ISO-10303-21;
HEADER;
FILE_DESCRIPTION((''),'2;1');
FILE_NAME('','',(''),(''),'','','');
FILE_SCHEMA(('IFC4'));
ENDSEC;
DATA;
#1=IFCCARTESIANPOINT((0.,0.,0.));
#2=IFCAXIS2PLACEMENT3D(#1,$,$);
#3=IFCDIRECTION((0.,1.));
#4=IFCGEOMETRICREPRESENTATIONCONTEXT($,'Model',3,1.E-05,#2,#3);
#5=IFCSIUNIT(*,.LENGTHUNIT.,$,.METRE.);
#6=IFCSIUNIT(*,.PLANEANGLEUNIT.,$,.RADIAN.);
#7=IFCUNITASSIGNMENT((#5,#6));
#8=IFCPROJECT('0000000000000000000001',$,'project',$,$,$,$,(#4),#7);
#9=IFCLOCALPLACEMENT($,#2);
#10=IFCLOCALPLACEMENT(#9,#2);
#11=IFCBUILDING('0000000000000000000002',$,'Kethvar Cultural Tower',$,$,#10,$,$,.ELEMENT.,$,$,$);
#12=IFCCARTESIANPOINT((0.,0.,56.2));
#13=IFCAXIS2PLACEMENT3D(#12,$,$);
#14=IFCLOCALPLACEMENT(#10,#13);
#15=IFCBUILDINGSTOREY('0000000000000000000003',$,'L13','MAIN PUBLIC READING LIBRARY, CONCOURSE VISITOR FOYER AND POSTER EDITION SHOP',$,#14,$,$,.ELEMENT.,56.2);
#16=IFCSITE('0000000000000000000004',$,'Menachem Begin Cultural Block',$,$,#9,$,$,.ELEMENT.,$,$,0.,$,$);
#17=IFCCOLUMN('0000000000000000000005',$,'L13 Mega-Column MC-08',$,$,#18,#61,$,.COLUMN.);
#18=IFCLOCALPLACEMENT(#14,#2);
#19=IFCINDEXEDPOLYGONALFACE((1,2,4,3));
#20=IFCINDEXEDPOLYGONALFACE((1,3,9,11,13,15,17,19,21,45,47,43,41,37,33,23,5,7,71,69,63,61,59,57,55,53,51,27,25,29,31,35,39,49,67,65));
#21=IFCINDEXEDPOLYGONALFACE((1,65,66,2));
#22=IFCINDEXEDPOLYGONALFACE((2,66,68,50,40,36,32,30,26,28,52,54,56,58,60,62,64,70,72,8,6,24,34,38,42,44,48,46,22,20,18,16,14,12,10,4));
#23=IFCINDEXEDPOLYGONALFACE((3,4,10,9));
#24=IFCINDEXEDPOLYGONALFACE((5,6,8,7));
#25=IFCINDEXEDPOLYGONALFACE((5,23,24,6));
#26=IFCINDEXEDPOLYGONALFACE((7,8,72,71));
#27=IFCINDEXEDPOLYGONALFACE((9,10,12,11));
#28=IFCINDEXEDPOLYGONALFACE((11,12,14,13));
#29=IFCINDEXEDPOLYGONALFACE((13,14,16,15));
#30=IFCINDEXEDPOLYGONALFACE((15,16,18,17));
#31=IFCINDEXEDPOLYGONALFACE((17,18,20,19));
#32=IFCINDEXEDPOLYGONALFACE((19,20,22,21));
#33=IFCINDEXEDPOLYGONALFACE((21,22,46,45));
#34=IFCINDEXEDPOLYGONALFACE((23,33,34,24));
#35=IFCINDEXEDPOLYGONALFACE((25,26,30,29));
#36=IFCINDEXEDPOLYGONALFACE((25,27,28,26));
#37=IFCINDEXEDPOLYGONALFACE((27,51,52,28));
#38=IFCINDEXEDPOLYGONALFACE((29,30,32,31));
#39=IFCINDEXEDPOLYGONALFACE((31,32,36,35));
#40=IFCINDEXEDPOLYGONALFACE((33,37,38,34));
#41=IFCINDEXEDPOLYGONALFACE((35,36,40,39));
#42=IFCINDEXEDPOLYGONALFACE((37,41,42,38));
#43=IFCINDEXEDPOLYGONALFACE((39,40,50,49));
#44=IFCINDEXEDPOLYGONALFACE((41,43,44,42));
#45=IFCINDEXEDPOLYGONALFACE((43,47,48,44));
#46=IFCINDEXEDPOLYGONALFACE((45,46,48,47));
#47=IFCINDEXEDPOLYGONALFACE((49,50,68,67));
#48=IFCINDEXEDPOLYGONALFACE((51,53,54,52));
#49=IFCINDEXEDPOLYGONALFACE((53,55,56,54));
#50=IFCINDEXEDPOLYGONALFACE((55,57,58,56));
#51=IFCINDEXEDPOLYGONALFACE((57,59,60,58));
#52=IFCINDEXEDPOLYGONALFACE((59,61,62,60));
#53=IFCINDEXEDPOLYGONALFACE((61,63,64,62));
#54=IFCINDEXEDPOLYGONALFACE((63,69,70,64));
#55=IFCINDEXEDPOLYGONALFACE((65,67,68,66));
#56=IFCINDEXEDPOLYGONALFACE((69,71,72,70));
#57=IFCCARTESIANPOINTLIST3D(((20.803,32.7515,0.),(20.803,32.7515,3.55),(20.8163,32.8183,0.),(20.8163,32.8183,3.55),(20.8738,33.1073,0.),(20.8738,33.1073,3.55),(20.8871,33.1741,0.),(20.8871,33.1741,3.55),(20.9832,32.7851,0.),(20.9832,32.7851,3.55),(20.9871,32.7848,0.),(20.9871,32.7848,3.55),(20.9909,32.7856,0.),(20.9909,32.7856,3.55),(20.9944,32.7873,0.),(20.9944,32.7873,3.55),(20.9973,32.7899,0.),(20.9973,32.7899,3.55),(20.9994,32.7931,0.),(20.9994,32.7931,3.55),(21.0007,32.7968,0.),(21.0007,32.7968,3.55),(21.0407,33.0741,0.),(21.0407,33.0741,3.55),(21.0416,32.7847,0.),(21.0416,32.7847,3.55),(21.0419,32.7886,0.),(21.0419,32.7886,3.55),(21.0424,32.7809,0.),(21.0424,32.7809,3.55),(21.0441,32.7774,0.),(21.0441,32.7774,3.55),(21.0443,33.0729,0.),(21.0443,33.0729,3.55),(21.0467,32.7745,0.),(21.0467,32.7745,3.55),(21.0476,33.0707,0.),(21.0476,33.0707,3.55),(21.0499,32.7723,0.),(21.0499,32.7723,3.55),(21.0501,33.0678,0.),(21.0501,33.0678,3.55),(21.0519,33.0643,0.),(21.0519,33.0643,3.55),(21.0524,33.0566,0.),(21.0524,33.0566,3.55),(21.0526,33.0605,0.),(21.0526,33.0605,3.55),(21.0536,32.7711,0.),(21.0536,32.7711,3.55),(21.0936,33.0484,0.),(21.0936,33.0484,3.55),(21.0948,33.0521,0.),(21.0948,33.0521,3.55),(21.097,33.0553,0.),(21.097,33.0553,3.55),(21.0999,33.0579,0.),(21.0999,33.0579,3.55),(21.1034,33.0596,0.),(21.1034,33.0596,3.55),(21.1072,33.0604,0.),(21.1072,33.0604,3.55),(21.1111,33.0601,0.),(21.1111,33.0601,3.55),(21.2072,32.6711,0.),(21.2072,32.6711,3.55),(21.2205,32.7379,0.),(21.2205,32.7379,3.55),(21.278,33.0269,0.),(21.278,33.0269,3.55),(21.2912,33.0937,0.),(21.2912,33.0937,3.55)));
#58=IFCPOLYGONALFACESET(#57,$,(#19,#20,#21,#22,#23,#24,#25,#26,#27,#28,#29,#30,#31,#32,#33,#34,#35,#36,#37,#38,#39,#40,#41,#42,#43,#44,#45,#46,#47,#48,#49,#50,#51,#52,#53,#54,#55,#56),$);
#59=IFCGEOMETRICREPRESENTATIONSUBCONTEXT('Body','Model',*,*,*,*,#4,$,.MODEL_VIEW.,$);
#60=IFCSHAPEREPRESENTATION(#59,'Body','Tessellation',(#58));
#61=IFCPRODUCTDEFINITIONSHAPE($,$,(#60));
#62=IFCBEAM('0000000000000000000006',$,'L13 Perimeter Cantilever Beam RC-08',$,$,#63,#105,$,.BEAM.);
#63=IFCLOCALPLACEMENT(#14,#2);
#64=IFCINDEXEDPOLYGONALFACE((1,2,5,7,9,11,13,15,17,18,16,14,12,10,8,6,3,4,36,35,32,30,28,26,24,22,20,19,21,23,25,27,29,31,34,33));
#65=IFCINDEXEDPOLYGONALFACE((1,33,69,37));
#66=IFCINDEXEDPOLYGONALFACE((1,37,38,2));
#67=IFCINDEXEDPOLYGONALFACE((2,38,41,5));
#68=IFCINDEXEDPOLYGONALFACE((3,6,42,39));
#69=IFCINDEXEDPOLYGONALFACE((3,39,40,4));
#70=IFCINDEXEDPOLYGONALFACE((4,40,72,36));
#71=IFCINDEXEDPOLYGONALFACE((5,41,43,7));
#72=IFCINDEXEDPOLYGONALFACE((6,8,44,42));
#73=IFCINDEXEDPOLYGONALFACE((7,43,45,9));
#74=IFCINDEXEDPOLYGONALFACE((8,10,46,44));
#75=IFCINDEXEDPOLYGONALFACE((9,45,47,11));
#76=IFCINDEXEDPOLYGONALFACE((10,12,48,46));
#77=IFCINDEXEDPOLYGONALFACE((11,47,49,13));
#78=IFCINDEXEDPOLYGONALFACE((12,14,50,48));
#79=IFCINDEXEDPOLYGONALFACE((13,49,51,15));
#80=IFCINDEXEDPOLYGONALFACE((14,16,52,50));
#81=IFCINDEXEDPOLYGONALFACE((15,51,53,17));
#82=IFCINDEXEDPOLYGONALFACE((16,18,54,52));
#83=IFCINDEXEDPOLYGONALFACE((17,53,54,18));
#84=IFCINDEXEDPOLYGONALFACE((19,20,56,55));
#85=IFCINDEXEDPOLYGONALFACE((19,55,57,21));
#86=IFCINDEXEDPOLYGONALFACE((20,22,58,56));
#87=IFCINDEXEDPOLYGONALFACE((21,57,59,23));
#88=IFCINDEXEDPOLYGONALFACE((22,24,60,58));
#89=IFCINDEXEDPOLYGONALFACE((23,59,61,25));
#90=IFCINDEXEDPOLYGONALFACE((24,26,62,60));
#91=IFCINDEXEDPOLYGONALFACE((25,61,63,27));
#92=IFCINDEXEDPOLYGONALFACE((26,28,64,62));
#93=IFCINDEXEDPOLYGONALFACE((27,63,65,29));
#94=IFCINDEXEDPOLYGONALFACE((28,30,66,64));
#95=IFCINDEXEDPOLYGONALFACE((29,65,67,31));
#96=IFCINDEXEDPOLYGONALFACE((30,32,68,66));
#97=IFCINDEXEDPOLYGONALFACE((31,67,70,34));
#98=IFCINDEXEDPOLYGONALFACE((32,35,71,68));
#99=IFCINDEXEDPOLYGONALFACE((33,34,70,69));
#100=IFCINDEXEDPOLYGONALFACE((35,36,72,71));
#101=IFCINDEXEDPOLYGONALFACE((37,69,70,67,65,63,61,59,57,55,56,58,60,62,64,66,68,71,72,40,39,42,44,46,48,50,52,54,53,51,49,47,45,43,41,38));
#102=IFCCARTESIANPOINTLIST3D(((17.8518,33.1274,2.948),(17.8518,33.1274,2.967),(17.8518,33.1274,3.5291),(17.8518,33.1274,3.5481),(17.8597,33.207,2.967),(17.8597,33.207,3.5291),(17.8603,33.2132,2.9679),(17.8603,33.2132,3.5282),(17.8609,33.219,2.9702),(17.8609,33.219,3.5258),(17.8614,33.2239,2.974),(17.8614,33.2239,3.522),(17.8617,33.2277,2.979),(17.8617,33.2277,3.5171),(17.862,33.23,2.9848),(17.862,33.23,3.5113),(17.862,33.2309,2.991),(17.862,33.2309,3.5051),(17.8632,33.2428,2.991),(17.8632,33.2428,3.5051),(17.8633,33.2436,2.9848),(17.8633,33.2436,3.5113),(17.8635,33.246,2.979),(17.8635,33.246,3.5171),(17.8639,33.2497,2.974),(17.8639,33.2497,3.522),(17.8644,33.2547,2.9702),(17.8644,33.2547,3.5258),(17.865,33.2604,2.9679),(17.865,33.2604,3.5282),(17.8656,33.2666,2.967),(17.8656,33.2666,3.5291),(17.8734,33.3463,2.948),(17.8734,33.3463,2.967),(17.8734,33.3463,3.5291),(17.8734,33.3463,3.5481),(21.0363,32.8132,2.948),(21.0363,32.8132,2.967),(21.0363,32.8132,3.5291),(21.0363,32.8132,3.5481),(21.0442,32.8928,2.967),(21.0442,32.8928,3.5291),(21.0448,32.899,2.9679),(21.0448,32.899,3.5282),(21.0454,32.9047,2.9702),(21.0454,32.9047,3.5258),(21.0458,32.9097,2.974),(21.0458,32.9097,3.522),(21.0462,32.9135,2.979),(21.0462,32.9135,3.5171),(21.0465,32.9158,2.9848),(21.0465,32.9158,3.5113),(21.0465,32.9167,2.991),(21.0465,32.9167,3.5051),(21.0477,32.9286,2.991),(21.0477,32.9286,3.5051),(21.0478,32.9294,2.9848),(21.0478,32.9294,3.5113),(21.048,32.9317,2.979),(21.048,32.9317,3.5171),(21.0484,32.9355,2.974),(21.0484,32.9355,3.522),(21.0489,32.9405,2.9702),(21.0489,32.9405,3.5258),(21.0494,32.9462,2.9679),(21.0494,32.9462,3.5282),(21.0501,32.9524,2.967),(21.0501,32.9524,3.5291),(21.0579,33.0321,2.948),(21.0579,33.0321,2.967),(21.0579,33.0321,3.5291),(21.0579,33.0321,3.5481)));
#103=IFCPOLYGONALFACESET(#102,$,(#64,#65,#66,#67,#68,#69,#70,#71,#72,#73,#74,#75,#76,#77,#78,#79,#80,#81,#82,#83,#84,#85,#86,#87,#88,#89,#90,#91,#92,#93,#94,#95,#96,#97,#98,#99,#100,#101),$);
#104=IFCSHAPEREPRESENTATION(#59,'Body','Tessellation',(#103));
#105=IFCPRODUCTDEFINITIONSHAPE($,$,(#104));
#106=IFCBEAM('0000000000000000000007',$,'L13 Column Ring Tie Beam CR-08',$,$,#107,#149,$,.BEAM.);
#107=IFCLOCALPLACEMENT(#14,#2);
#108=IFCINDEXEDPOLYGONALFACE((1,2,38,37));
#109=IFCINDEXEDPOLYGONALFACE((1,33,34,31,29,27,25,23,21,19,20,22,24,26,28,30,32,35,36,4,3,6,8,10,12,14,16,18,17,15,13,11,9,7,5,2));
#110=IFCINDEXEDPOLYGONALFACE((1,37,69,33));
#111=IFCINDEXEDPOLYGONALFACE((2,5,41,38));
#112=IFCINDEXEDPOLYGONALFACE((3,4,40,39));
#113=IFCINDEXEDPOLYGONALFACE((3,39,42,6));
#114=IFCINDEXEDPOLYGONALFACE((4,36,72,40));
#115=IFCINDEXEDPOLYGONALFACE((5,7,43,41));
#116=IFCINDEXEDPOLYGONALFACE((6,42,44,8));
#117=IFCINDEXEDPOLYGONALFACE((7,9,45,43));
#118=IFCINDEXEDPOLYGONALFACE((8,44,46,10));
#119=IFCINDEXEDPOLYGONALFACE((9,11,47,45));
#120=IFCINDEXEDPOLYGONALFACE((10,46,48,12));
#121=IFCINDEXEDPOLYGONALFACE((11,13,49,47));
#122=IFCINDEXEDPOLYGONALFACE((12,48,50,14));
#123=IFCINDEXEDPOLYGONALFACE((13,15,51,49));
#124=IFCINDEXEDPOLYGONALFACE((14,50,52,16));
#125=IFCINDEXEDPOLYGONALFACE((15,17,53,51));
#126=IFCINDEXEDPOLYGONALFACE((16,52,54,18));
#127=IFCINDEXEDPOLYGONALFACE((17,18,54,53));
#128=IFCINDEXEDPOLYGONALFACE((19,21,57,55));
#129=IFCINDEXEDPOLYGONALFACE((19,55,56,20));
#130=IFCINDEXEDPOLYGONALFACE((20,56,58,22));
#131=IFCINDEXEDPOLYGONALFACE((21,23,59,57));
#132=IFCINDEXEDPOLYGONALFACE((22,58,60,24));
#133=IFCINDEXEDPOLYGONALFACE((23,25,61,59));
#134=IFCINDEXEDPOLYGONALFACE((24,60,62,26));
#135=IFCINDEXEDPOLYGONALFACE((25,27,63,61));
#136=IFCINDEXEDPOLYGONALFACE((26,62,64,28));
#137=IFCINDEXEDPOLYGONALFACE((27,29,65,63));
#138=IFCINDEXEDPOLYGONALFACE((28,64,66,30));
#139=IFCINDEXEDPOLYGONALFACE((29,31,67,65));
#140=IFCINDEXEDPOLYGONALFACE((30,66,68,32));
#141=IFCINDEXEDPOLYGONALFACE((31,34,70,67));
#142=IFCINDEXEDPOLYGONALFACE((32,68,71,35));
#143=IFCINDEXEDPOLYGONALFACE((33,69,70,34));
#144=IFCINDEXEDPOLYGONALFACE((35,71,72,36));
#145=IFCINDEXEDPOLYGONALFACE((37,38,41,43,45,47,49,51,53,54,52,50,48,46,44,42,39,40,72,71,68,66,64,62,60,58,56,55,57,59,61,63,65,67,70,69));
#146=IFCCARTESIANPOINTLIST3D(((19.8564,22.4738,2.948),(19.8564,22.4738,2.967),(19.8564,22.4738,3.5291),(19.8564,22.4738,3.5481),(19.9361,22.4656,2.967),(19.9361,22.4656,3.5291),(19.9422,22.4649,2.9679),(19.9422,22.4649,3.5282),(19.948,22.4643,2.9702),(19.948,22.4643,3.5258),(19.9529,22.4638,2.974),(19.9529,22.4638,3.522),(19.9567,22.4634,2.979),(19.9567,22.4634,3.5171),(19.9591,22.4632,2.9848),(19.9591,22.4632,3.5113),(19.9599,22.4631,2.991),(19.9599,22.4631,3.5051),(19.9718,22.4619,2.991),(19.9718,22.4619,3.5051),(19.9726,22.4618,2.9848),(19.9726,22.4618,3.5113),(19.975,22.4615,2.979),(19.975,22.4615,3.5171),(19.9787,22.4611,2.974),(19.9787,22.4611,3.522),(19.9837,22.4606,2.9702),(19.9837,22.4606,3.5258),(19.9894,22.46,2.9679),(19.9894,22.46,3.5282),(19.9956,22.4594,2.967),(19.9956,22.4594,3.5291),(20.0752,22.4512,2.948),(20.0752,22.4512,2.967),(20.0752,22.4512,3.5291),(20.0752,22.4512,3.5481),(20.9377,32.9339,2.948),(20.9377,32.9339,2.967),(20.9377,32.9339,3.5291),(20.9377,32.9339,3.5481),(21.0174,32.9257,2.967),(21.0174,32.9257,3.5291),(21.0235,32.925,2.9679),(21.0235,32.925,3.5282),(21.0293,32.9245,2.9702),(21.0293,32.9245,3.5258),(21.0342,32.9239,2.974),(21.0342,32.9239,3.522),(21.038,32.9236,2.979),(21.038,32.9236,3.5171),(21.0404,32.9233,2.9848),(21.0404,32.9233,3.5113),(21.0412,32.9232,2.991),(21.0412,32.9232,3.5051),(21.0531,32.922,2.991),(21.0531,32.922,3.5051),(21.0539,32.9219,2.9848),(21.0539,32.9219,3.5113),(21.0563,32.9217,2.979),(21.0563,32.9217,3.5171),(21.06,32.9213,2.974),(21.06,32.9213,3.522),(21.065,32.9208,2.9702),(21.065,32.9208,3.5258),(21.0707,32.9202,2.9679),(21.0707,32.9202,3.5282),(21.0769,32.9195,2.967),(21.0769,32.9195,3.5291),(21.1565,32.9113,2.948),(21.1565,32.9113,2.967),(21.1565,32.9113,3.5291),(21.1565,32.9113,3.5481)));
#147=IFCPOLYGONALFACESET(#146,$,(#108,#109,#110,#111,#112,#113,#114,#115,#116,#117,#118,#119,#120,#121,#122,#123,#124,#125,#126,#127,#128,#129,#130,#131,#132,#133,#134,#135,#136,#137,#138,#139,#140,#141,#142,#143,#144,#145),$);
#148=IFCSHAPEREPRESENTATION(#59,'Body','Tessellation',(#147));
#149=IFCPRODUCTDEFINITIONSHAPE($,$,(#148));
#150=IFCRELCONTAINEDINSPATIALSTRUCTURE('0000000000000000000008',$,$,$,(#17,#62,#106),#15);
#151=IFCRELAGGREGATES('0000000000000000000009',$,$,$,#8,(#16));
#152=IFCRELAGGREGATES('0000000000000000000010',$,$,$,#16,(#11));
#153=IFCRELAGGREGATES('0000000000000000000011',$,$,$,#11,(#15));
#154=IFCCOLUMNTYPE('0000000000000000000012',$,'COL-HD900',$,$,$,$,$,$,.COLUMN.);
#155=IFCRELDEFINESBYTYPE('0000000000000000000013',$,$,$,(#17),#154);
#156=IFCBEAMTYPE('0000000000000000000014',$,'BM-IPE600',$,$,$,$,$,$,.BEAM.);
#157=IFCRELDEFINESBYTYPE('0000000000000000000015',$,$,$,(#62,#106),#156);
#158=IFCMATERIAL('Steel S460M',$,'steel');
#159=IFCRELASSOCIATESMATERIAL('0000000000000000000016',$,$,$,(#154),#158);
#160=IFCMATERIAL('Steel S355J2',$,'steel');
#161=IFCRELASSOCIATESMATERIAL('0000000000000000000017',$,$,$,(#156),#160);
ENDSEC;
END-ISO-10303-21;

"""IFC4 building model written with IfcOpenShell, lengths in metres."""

from ifc_helpers import new_model, si_unit, direction, frame, origin, origin_2d, place, context, subcontext, project, spatial, i_section, extrude, source, transform, mapped, material, material_profile, profile_set, type_object, element, save


model = new_model("IFC4")

# Units and contexts
model_context = context("Model", 3, precision=1e-05, world=origin(), true_north=direction((0.0, 1.0)))
body_context = subcontext(model_context, "Body", "Model", "MODEL_VIEW")
ifc_project = project(units=[si_unit("LENGTHUNIT", "METRE"), si_unit("PLANEANGLEUNIT", "RADIAN")], contexts=[model_context])

# Site, building, storey
site_placement = place(None, origin())
site = spatial("IfcSite", under=ifc_project, at=site_placement, Name="Menachem Begin Cultural Block", CompositionType="ELEMENT", RefElevation=0.0)
building_placement = place(site_placement, origin())
building = spatial("IfcBuilding", under=site, at=building_placement, Name="Kethvar Cultural Tower", CompositionType="ELEMENT")
storey_placement = place(building_placement, frame((0.0, 0.0, 56.2)))
storey = spatial("IfcBuildingStorey", under=building, at=storey_placement, Name="L13", Description="MAIN PUBLIC READING LIBRARY, CONCOURSE VISITOR FOYER AND POSTER EDITION SHOP", CompositionType="ELEMENT", Elevation=56.2)

# Column
ifc_material_1 = material(Name="Steel S460M", Category="steel")
ifc_material_profile_1 = material_profile(ifc_material_1, i_section(OverallWidth=0.4121, OverallDepth=0.4309, WebThickness=0.042, FlangeThickness=0.0681, FilletRadius=0.0149, at=origin_2d()), Name="Steel S460M — HD400x900")
ifc_profile_set_1 = profile_set([ifc_material_profile_1], Name="Steel S460M — HD400x900")
column_type = type_object("IfcColumnType", Name="COL-HD900", PredefinedType="COLUMN", material=ifc_profile_set_1)
shared_shape_1 = source(origin(), body_context, "Body", "SweptSolid", [
    extrude(i_section(OverallWidth=0.4121, OverallDepth=0.4309, WebThickness=0.042, FlangeThickness=0.0681, FilletRadius=0.0149, at=origin_2d()), origin(), (0.0, 0.0, 1.0), 3.55),
])
column_placement = place(storey_placement, frame((21.0471, 32.9226, 0.0), z_axis=(0.0, 0.0, 1.0), x_axis=(-0.980785, 0.19509, 0.0)))
element("IfcColumn", 1, at=column_placement, inside=storey, type_object=column_type, Name="L13 Mega-Column MC-08", PredefinedType="COLUMN", context=body_context, shape_type="MappedRepresentation", body=[
    mapped(shared_shape_1, transform((0.0, 0.0, 0.0), scale=1.0)),
])

# Beams
ifc_material_2 = material(Name="Steel S355J2", Category="steel")
ifc_material_profile_2 = material_profile(ifc_material_2, i_section(OverallWidth=0.22, OverallDepth=0.6001, WebThickness=0.012, FlangeThickness=0.019, FilletRadius=0.0239, at=origin_2d()), Name="Steel S355J2 — IPE600")
ifc_profile_set_2 = profile_set([ifc_material_profile_2], Name="Steel S355J2 — IPE600")
beam_type_1 = type_object("IfcBeamType", Name="BM-IPE600", PredefinedType="BEAM", material=ifc_profile_set_2)
shared_shape_2 = source(origin(), body_context, "Body", "SweptSolid", [
    extrude(i_section(OverallWidth=0.22, OverallDepth=0.6001, WebThickness=0.012, FlangeThickness=0.019, FilletRadius=0.0239, at=origin_2d()), origin(), (0.0, 0.0, 1.0), 3.2),
])
beam_1_placement = place(storey_placement, frame((21.0471, 32.9226, 3.248), z_axis=(-0.995168, 0.098189, 0.0), x_axis=(-0.098189, -0.995168, 0.0)))
element("IfcBeam", 2, at=beam_1_placement, inside=storey, type_object=beam_type_1, Name="L13 Perimeter Cantilever Beam RC-08", PredefinedType="BEAM", context=body_context, shape_type="MappedRepresentation", body=[
    mapped(shared_shape_2, transform((0.0, 0.0, 0.0), scale=1.0)),
])
shared_shape_3 = source(origin(), body_context, "Body", "SweptSolid", [
    extrude(i_section(OverallWidth=0.22, OverallDepth=0.6001, WebThickness=0.012, FlangeThickness=0.019, FilletRadius=0.0239, at=origin_2d()), origin(), (0.0, 0.0, 1.0), 10.5159),
])
beam_2_placement = place(storey_placement, frame((21.0471, 32.9226, 3.248), z_axis=(-0.102825, -0.994699, 0.0), x_axis=(0.994699, -0.102825, 0.0)))
element("IfcBeam", 3, at=beam_2_placement, inside=storey, type_object=beam_type_1, Name="L13 Column Ring Tie Beam CR-08", PredefinedType="BEAM", context=body_context, shape_type="MappedRepresentation", body=[
    mapped(shared_shape_3, transform((0.0, 0.0, 0.0), scale=1.0)),
])

save(model, "model.ifc")
